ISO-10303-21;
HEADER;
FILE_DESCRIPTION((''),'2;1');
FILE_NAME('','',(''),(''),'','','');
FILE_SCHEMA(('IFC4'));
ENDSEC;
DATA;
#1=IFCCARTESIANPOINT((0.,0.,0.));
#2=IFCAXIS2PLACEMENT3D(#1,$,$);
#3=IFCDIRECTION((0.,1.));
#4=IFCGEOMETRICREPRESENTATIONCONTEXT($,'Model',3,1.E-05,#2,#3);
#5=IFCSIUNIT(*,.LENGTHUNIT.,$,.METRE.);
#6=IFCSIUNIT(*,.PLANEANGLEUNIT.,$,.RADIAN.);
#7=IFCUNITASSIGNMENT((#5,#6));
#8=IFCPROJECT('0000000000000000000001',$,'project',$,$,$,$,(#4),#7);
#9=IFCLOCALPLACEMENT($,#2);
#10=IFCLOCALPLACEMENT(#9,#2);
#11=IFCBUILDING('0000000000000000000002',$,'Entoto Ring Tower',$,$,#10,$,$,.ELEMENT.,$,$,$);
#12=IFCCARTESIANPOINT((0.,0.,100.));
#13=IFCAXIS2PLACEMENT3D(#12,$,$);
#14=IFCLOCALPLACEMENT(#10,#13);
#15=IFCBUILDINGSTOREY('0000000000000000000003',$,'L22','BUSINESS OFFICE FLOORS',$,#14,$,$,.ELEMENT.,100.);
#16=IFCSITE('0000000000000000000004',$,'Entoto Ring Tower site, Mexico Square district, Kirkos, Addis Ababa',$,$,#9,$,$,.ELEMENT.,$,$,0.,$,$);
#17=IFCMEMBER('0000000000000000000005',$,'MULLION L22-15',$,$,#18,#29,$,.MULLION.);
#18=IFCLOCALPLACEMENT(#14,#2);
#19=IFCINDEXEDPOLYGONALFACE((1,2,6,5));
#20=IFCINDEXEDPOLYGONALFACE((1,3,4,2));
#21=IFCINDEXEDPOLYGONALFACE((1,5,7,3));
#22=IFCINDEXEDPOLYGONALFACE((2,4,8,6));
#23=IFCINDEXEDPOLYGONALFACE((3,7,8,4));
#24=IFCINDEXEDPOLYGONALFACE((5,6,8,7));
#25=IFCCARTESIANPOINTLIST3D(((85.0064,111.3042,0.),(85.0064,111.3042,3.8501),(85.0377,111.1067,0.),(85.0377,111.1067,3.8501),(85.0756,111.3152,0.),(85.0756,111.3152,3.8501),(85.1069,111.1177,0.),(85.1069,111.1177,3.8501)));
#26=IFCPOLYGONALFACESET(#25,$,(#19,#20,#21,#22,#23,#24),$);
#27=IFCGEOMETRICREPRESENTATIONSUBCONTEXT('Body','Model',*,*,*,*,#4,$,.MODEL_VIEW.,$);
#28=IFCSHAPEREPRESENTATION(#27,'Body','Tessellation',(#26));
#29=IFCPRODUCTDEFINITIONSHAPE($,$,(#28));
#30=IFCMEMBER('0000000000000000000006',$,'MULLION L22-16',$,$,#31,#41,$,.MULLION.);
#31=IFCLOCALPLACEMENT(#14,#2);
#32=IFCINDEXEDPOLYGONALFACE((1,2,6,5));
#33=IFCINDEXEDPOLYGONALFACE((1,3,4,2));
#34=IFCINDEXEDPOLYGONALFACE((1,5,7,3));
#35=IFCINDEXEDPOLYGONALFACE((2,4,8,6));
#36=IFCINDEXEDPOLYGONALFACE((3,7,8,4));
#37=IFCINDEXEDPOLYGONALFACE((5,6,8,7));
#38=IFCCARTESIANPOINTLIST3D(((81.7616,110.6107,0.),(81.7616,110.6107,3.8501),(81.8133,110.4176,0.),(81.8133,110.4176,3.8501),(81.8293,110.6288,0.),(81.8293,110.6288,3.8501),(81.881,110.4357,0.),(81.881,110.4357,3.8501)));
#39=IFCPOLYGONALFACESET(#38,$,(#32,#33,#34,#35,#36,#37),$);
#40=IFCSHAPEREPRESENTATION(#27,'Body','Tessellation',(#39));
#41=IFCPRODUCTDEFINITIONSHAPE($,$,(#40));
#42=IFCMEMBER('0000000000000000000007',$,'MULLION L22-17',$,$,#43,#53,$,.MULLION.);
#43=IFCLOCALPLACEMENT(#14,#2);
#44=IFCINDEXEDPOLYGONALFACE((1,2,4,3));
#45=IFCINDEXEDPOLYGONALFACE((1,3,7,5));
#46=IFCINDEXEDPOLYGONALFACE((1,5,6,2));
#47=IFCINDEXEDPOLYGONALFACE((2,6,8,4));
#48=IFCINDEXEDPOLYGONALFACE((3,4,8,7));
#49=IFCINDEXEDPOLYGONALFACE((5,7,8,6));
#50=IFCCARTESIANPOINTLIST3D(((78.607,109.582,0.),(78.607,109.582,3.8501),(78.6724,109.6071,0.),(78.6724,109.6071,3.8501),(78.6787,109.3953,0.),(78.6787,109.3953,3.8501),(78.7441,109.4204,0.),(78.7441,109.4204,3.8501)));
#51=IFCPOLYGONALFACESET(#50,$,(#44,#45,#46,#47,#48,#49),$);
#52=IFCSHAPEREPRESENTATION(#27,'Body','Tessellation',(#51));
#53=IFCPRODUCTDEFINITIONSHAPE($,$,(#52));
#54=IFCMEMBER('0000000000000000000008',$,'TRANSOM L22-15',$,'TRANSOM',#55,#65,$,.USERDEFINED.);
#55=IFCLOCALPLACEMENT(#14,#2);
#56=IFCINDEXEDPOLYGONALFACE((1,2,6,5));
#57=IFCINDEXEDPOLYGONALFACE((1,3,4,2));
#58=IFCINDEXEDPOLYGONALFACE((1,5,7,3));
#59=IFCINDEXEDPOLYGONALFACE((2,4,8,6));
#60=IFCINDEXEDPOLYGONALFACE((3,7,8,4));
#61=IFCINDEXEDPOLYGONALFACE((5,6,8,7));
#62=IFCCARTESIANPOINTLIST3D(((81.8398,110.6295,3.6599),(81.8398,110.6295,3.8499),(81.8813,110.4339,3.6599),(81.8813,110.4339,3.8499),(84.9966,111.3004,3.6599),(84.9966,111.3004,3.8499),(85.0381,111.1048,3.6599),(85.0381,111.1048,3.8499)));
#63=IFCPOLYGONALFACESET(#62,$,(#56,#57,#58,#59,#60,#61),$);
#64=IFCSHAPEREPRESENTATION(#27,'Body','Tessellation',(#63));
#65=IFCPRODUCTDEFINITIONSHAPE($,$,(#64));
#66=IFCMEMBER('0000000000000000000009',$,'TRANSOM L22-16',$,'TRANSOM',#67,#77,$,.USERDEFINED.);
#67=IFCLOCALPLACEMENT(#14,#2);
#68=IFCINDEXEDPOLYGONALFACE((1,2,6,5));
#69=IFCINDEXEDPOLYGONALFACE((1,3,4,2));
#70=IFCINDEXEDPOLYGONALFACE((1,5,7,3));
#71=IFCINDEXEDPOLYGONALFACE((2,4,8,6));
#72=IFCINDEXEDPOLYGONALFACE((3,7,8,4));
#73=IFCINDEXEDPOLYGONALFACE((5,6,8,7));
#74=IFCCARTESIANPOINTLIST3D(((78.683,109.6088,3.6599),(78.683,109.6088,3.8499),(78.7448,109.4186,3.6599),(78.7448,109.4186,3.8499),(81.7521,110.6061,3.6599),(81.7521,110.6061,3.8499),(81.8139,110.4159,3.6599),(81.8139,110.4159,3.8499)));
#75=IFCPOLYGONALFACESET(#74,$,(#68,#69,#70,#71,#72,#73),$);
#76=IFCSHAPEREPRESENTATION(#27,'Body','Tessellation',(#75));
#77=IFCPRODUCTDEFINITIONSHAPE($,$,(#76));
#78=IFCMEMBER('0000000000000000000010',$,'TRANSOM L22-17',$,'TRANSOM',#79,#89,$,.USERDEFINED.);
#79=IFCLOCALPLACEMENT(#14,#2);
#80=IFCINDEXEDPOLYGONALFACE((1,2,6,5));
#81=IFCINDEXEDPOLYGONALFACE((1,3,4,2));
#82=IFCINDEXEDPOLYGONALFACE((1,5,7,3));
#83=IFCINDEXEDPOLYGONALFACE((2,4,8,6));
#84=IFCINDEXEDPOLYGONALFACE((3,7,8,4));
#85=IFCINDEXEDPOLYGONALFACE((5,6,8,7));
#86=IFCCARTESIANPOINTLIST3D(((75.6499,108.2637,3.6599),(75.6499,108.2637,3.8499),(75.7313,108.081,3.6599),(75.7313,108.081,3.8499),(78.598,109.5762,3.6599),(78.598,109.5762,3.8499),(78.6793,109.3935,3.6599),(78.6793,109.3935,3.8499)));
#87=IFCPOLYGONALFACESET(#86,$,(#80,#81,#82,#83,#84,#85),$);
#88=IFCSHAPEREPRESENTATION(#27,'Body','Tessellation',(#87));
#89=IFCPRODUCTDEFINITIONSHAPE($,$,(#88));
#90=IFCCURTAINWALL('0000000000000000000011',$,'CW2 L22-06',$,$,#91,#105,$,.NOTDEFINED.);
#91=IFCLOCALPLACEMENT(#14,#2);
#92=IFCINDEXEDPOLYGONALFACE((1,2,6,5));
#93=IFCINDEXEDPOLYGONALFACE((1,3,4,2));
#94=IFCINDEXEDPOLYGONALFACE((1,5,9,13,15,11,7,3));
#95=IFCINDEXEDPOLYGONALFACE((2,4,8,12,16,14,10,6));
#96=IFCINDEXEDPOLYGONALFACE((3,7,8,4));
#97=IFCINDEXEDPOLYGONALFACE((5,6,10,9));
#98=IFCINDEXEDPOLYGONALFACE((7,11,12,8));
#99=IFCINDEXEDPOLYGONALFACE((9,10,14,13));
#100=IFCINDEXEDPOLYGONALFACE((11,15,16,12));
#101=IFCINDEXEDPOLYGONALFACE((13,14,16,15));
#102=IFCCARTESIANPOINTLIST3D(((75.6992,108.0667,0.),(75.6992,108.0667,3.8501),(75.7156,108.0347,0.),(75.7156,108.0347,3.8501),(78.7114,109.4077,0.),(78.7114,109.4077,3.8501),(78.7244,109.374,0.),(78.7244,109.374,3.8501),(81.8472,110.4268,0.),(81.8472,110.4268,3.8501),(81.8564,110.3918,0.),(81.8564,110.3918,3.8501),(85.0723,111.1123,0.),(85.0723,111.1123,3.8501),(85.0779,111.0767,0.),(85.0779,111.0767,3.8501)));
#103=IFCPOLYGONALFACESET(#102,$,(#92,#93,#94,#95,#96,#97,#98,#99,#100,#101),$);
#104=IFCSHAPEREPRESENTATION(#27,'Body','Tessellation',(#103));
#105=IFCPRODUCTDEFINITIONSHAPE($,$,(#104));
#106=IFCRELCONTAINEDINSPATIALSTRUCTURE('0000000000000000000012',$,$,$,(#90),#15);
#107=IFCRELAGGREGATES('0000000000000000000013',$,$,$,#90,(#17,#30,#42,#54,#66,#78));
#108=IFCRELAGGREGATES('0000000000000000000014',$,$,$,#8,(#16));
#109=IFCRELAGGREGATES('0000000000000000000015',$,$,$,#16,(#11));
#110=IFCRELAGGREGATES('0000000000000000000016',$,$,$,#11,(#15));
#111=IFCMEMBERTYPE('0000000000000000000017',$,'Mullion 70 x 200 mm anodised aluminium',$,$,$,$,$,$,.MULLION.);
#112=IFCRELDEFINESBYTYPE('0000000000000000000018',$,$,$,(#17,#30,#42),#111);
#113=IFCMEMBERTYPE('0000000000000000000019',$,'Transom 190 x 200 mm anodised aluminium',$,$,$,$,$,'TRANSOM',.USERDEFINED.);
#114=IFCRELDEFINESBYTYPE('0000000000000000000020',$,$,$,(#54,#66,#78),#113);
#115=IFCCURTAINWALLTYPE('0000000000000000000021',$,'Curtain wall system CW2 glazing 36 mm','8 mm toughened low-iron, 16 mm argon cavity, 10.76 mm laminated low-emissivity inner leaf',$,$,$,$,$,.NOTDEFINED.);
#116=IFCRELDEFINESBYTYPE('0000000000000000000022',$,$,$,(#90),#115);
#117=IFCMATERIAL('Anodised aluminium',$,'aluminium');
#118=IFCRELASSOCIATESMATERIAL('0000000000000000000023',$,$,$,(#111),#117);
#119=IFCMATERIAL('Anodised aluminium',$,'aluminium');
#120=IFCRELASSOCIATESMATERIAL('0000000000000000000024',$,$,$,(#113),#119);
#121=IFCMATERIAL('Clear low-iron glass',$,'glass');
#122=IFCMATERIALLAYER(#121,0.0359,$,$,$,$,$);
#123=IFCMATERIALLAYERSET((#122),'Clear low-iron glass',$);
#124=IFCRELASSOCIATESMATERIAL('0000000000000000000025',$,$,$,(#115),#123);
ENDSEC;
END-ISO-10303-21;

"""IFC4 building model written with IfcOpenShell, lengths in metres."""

from ifc_helpers import new_model, si_unit, direction, frame, origin, origin_2d, place, context, subcontext, project, spatial, polyline, rectangle, outline, extrude, material, layer, layer_set, material_profile, profile_set, type_object, element, aggregate, save


model = new_model("IFC4")

# Units and contexts
model_context = context("Model", 3, precision=1e-05, world=origin(), true_north=direction((0.0, 1.0)))
body_context = subcontext(model_context, "Body", "Model", "MODEL_VIEW")
ifc_project = project(units=[si_unit("LENGTHUNIT", "METRE"), si_unit("PLANEANGLEUNIT", "RADIAN")], contexts=[model_context])

# Members
ifc_material_1 = material(Name="Anodised aluminium", Category="aluminium")
ifc_material_profile_1 = material_profile(ifc_material_1, rectangle(XDim=0.0701, YDim=0.2, at=origin_2d()), Name="Mullion 70 x 200 mm anodised aluminium")
ifc_profile_set_1 = profile_set([ifc_material_profile_1], Name="Anodised aluminium")
member_type_1 = type_object("IfcMemberType", Name="Mullion 70 x 200 mm anodised aluminium", PredefinedType="MULLION", material=ifc_profile_set_1)
site_placement = place(None, origin())
building_placement = place(site_placement, origin())
storey_placement = place(building_placement, frame((0.0, 0.0, 100.0)))
member_1_placement = place(storey_placement, frame((85.0566, 111.2109, 0.0), z_axis=(0.0, 0.0, 1.0), x_axis=(-0.987688, -0.156434, 0.0)))
member_1 = element("IfcMember", 1, at=member_1_placement, type_object=member_type_1, Name="MULLION L22-15", PredefinedType="MULLION", context=body_context, shape_type="SweptSolid", body=[
    extrude(rectangle(XDim=0.0701, YDim=0.2, at=origin_2d()), origin(), (0.0, 0.0, 1.0), 3.8501),
])
member_2_placement = place(storey_placement, frame((81.8213, 110.5232, 0.0), z_axis=(0.0, 0.0, 1.0), x_axis=(-0.965926, -0.258819, 0.0)))
member_2 = element("IfcMember", 2, at=member_2_placement, type_object=member_type_1, Name="MULLION L22-16", PredefinedType="MULLION", context=body_context, shape_type="SweptSolid", body=[
    extrude(rectangle(XDim=0.0701, YDim=0.2, at=origin_2d()), origin(), (0.0, 0.0, 1.0), 3.8501),
])
member_3_placement = place(storey_placement, frame((78.6755, 109.5012, 0.0), z_axis=(0.0, 0.0, 1.0), x_axis=(-0.93358, -0.358368, 0.0)))
member_3 = element("IfcMember", 3, at=member_3_placement, type_object=member_type_1, Name="MULLION L22-17", PredefinedType="MULLION", context=body_context, shape_type="SweptSolid", body=[
    extrude(rectangle(XDim=0.0701, YDim=0.2, at=origin_2d()), origin(), (0.0, 0.0, 1.0), 3.8501),
])
ifc_material_2 = material(Name="Anodised aluminium", Category="aluminium")
ifc_material_profile_2 = material_profile(ifc_material_2, rectangle(XDim=0.2, YDim=0.1899, at=origin_2d()), Name="Transom 190 x 200 mm anodised aluminium")
ifc_profile_set_2 = profile_set([ifc_material_profile_2], Name="Anodised aluminium")
member_type_2 = type_object("IfcMemberType", Name="Transom 190 x 200 mm anodised aluminium", ElementType="TRANSOM", PredefinedType="USERDEFINED", material=ifc_profile_set_2)
member_4_placement = place(storey_placement, frame((85.0173, 111.2026, 3.7549), z_axis=(-0.978153, -0.207886, 0.0), x_axis=(0.207886, -0.978153, 0.0)))
member_4 = element("IfcMember", 4, at=member_4_placement, type_object=member_type_2, Name="TRANSOM L22-15", ObjectType="TRANSOM", PredefinedType="USERDEFINED", context=body_context, shape_type="SweptSolid", body=[
    extrude(rectangle(XDim=0.2, YDim=0.1899, at=origin_2d()), origin(), (0.0, 0.0, 1.0), 3.2273),
])
member_5_placement = place(storey_placement, frame((81.783, 110.511, 3.7549), z_axis=(-0.951047, -0.309047, 0.0), x_axis=(0.309047, -0.951047, 0.0)))
member_5 = element("IfcMember", 5, at=member_5_placement, type_object=member_type_2, Name="TRANSOM L22-16", ObjectType="TRANSOM", PredefinedType="USERDEFINED", context=body_context, shape_type="SweptSolid", body=[
    extrude(rectangle(XDim=0.2, YDim=0.1899, at=origin_2d()), origin(), (0.0, 0.0, 1.0), 3.2271),
])
member_6_placement = place(storey_placement, frame((78.6387, 109.4849, 3.7549), z_axis=(-0.913549, -0.406728, 0.0), x_axis=(0.406728, -0.913549, 0.0)))
member_6 = element("IfcMember", 6, at=member_6_placement, type_object=member_type_2, Name="TRANSOM L22-17", ObjectType="TRANSOM", PredefinedType="USERDEFINED", context=body_context, shape_type="SweptSolid", body=[
    extrude(rectangle(XDim=0.2, YDim=0.1899, at=origin_2d()), origin(), (0.0, 0.0, 1.0), 3.2271),
])

# Site, building, storey
site = spatial("IfcSite", under=ifc_project, at=site_placement, Name="Entoto Ring Tower site, Mexico Square district, Kirkos, Addis Ababa", CompositionType="ELEMENT", RefElevation=0.0)
building = spatial("IfcBuilding", under=site, at=building_placement, Name="Entoto Ring Tower", CompositionType="ELEMENT")
storey = spatial("IfcBuildingStorey", under=building, at=storey_placement, Name="L22", Description="BUSINESS OFFICE FLOORS", CompositionType="ELEMENT", Elevation=100.0)

# Curtain wall
ifc_material_3 = material(Name="Clear low-iron glass", Category="glass")
ifc_layer = layer(ifc_material_3, 0.0359)
ifc_layer_set = layer_set([ifc_layer], Name="Clear low-iron glass")
curtain_wall_type = type_object("IfcCurtainWallType", Name="Curtain wall system CW2 glazing 36 mm", Description="8 mm toughened low-iron, 16 mm argon cavity, 10.76 mm laminated low-emissivity inner leaf", PredefinedType="NOTDEFINED", material=ifc_layer_set)
curtain_wall_1_placement = place(storey_placement, origin())
curtain_wall_1 = element("IfcCurtainWall", 7, at=curtain_wall_1_placement, inside=storey, type_object=curtain_wall_type, Name="CW2 L22-06", PredefinedType="NOTDEFINED", context=body_context, shape_type="SweptSolid", body=[
    extrude(outline(polyline([(85.0723, 111.1123), (81.8472, 110.4268), (78.7114, 109.4077), (75.6992, 108.0667), (75.7156, 108.0347), (78.7244, 109.374), (81.8564, 110.3918), (85.0779, 111.0767), (85.0723, 111.1123)])), origin(), (0.0, 0.0, 1.0), 3.8501),
])
aggregate(curtain_wall_1, [member_1, member_2, member_3, member_4, member_5, member_6])

save(model, "model.ifc")
